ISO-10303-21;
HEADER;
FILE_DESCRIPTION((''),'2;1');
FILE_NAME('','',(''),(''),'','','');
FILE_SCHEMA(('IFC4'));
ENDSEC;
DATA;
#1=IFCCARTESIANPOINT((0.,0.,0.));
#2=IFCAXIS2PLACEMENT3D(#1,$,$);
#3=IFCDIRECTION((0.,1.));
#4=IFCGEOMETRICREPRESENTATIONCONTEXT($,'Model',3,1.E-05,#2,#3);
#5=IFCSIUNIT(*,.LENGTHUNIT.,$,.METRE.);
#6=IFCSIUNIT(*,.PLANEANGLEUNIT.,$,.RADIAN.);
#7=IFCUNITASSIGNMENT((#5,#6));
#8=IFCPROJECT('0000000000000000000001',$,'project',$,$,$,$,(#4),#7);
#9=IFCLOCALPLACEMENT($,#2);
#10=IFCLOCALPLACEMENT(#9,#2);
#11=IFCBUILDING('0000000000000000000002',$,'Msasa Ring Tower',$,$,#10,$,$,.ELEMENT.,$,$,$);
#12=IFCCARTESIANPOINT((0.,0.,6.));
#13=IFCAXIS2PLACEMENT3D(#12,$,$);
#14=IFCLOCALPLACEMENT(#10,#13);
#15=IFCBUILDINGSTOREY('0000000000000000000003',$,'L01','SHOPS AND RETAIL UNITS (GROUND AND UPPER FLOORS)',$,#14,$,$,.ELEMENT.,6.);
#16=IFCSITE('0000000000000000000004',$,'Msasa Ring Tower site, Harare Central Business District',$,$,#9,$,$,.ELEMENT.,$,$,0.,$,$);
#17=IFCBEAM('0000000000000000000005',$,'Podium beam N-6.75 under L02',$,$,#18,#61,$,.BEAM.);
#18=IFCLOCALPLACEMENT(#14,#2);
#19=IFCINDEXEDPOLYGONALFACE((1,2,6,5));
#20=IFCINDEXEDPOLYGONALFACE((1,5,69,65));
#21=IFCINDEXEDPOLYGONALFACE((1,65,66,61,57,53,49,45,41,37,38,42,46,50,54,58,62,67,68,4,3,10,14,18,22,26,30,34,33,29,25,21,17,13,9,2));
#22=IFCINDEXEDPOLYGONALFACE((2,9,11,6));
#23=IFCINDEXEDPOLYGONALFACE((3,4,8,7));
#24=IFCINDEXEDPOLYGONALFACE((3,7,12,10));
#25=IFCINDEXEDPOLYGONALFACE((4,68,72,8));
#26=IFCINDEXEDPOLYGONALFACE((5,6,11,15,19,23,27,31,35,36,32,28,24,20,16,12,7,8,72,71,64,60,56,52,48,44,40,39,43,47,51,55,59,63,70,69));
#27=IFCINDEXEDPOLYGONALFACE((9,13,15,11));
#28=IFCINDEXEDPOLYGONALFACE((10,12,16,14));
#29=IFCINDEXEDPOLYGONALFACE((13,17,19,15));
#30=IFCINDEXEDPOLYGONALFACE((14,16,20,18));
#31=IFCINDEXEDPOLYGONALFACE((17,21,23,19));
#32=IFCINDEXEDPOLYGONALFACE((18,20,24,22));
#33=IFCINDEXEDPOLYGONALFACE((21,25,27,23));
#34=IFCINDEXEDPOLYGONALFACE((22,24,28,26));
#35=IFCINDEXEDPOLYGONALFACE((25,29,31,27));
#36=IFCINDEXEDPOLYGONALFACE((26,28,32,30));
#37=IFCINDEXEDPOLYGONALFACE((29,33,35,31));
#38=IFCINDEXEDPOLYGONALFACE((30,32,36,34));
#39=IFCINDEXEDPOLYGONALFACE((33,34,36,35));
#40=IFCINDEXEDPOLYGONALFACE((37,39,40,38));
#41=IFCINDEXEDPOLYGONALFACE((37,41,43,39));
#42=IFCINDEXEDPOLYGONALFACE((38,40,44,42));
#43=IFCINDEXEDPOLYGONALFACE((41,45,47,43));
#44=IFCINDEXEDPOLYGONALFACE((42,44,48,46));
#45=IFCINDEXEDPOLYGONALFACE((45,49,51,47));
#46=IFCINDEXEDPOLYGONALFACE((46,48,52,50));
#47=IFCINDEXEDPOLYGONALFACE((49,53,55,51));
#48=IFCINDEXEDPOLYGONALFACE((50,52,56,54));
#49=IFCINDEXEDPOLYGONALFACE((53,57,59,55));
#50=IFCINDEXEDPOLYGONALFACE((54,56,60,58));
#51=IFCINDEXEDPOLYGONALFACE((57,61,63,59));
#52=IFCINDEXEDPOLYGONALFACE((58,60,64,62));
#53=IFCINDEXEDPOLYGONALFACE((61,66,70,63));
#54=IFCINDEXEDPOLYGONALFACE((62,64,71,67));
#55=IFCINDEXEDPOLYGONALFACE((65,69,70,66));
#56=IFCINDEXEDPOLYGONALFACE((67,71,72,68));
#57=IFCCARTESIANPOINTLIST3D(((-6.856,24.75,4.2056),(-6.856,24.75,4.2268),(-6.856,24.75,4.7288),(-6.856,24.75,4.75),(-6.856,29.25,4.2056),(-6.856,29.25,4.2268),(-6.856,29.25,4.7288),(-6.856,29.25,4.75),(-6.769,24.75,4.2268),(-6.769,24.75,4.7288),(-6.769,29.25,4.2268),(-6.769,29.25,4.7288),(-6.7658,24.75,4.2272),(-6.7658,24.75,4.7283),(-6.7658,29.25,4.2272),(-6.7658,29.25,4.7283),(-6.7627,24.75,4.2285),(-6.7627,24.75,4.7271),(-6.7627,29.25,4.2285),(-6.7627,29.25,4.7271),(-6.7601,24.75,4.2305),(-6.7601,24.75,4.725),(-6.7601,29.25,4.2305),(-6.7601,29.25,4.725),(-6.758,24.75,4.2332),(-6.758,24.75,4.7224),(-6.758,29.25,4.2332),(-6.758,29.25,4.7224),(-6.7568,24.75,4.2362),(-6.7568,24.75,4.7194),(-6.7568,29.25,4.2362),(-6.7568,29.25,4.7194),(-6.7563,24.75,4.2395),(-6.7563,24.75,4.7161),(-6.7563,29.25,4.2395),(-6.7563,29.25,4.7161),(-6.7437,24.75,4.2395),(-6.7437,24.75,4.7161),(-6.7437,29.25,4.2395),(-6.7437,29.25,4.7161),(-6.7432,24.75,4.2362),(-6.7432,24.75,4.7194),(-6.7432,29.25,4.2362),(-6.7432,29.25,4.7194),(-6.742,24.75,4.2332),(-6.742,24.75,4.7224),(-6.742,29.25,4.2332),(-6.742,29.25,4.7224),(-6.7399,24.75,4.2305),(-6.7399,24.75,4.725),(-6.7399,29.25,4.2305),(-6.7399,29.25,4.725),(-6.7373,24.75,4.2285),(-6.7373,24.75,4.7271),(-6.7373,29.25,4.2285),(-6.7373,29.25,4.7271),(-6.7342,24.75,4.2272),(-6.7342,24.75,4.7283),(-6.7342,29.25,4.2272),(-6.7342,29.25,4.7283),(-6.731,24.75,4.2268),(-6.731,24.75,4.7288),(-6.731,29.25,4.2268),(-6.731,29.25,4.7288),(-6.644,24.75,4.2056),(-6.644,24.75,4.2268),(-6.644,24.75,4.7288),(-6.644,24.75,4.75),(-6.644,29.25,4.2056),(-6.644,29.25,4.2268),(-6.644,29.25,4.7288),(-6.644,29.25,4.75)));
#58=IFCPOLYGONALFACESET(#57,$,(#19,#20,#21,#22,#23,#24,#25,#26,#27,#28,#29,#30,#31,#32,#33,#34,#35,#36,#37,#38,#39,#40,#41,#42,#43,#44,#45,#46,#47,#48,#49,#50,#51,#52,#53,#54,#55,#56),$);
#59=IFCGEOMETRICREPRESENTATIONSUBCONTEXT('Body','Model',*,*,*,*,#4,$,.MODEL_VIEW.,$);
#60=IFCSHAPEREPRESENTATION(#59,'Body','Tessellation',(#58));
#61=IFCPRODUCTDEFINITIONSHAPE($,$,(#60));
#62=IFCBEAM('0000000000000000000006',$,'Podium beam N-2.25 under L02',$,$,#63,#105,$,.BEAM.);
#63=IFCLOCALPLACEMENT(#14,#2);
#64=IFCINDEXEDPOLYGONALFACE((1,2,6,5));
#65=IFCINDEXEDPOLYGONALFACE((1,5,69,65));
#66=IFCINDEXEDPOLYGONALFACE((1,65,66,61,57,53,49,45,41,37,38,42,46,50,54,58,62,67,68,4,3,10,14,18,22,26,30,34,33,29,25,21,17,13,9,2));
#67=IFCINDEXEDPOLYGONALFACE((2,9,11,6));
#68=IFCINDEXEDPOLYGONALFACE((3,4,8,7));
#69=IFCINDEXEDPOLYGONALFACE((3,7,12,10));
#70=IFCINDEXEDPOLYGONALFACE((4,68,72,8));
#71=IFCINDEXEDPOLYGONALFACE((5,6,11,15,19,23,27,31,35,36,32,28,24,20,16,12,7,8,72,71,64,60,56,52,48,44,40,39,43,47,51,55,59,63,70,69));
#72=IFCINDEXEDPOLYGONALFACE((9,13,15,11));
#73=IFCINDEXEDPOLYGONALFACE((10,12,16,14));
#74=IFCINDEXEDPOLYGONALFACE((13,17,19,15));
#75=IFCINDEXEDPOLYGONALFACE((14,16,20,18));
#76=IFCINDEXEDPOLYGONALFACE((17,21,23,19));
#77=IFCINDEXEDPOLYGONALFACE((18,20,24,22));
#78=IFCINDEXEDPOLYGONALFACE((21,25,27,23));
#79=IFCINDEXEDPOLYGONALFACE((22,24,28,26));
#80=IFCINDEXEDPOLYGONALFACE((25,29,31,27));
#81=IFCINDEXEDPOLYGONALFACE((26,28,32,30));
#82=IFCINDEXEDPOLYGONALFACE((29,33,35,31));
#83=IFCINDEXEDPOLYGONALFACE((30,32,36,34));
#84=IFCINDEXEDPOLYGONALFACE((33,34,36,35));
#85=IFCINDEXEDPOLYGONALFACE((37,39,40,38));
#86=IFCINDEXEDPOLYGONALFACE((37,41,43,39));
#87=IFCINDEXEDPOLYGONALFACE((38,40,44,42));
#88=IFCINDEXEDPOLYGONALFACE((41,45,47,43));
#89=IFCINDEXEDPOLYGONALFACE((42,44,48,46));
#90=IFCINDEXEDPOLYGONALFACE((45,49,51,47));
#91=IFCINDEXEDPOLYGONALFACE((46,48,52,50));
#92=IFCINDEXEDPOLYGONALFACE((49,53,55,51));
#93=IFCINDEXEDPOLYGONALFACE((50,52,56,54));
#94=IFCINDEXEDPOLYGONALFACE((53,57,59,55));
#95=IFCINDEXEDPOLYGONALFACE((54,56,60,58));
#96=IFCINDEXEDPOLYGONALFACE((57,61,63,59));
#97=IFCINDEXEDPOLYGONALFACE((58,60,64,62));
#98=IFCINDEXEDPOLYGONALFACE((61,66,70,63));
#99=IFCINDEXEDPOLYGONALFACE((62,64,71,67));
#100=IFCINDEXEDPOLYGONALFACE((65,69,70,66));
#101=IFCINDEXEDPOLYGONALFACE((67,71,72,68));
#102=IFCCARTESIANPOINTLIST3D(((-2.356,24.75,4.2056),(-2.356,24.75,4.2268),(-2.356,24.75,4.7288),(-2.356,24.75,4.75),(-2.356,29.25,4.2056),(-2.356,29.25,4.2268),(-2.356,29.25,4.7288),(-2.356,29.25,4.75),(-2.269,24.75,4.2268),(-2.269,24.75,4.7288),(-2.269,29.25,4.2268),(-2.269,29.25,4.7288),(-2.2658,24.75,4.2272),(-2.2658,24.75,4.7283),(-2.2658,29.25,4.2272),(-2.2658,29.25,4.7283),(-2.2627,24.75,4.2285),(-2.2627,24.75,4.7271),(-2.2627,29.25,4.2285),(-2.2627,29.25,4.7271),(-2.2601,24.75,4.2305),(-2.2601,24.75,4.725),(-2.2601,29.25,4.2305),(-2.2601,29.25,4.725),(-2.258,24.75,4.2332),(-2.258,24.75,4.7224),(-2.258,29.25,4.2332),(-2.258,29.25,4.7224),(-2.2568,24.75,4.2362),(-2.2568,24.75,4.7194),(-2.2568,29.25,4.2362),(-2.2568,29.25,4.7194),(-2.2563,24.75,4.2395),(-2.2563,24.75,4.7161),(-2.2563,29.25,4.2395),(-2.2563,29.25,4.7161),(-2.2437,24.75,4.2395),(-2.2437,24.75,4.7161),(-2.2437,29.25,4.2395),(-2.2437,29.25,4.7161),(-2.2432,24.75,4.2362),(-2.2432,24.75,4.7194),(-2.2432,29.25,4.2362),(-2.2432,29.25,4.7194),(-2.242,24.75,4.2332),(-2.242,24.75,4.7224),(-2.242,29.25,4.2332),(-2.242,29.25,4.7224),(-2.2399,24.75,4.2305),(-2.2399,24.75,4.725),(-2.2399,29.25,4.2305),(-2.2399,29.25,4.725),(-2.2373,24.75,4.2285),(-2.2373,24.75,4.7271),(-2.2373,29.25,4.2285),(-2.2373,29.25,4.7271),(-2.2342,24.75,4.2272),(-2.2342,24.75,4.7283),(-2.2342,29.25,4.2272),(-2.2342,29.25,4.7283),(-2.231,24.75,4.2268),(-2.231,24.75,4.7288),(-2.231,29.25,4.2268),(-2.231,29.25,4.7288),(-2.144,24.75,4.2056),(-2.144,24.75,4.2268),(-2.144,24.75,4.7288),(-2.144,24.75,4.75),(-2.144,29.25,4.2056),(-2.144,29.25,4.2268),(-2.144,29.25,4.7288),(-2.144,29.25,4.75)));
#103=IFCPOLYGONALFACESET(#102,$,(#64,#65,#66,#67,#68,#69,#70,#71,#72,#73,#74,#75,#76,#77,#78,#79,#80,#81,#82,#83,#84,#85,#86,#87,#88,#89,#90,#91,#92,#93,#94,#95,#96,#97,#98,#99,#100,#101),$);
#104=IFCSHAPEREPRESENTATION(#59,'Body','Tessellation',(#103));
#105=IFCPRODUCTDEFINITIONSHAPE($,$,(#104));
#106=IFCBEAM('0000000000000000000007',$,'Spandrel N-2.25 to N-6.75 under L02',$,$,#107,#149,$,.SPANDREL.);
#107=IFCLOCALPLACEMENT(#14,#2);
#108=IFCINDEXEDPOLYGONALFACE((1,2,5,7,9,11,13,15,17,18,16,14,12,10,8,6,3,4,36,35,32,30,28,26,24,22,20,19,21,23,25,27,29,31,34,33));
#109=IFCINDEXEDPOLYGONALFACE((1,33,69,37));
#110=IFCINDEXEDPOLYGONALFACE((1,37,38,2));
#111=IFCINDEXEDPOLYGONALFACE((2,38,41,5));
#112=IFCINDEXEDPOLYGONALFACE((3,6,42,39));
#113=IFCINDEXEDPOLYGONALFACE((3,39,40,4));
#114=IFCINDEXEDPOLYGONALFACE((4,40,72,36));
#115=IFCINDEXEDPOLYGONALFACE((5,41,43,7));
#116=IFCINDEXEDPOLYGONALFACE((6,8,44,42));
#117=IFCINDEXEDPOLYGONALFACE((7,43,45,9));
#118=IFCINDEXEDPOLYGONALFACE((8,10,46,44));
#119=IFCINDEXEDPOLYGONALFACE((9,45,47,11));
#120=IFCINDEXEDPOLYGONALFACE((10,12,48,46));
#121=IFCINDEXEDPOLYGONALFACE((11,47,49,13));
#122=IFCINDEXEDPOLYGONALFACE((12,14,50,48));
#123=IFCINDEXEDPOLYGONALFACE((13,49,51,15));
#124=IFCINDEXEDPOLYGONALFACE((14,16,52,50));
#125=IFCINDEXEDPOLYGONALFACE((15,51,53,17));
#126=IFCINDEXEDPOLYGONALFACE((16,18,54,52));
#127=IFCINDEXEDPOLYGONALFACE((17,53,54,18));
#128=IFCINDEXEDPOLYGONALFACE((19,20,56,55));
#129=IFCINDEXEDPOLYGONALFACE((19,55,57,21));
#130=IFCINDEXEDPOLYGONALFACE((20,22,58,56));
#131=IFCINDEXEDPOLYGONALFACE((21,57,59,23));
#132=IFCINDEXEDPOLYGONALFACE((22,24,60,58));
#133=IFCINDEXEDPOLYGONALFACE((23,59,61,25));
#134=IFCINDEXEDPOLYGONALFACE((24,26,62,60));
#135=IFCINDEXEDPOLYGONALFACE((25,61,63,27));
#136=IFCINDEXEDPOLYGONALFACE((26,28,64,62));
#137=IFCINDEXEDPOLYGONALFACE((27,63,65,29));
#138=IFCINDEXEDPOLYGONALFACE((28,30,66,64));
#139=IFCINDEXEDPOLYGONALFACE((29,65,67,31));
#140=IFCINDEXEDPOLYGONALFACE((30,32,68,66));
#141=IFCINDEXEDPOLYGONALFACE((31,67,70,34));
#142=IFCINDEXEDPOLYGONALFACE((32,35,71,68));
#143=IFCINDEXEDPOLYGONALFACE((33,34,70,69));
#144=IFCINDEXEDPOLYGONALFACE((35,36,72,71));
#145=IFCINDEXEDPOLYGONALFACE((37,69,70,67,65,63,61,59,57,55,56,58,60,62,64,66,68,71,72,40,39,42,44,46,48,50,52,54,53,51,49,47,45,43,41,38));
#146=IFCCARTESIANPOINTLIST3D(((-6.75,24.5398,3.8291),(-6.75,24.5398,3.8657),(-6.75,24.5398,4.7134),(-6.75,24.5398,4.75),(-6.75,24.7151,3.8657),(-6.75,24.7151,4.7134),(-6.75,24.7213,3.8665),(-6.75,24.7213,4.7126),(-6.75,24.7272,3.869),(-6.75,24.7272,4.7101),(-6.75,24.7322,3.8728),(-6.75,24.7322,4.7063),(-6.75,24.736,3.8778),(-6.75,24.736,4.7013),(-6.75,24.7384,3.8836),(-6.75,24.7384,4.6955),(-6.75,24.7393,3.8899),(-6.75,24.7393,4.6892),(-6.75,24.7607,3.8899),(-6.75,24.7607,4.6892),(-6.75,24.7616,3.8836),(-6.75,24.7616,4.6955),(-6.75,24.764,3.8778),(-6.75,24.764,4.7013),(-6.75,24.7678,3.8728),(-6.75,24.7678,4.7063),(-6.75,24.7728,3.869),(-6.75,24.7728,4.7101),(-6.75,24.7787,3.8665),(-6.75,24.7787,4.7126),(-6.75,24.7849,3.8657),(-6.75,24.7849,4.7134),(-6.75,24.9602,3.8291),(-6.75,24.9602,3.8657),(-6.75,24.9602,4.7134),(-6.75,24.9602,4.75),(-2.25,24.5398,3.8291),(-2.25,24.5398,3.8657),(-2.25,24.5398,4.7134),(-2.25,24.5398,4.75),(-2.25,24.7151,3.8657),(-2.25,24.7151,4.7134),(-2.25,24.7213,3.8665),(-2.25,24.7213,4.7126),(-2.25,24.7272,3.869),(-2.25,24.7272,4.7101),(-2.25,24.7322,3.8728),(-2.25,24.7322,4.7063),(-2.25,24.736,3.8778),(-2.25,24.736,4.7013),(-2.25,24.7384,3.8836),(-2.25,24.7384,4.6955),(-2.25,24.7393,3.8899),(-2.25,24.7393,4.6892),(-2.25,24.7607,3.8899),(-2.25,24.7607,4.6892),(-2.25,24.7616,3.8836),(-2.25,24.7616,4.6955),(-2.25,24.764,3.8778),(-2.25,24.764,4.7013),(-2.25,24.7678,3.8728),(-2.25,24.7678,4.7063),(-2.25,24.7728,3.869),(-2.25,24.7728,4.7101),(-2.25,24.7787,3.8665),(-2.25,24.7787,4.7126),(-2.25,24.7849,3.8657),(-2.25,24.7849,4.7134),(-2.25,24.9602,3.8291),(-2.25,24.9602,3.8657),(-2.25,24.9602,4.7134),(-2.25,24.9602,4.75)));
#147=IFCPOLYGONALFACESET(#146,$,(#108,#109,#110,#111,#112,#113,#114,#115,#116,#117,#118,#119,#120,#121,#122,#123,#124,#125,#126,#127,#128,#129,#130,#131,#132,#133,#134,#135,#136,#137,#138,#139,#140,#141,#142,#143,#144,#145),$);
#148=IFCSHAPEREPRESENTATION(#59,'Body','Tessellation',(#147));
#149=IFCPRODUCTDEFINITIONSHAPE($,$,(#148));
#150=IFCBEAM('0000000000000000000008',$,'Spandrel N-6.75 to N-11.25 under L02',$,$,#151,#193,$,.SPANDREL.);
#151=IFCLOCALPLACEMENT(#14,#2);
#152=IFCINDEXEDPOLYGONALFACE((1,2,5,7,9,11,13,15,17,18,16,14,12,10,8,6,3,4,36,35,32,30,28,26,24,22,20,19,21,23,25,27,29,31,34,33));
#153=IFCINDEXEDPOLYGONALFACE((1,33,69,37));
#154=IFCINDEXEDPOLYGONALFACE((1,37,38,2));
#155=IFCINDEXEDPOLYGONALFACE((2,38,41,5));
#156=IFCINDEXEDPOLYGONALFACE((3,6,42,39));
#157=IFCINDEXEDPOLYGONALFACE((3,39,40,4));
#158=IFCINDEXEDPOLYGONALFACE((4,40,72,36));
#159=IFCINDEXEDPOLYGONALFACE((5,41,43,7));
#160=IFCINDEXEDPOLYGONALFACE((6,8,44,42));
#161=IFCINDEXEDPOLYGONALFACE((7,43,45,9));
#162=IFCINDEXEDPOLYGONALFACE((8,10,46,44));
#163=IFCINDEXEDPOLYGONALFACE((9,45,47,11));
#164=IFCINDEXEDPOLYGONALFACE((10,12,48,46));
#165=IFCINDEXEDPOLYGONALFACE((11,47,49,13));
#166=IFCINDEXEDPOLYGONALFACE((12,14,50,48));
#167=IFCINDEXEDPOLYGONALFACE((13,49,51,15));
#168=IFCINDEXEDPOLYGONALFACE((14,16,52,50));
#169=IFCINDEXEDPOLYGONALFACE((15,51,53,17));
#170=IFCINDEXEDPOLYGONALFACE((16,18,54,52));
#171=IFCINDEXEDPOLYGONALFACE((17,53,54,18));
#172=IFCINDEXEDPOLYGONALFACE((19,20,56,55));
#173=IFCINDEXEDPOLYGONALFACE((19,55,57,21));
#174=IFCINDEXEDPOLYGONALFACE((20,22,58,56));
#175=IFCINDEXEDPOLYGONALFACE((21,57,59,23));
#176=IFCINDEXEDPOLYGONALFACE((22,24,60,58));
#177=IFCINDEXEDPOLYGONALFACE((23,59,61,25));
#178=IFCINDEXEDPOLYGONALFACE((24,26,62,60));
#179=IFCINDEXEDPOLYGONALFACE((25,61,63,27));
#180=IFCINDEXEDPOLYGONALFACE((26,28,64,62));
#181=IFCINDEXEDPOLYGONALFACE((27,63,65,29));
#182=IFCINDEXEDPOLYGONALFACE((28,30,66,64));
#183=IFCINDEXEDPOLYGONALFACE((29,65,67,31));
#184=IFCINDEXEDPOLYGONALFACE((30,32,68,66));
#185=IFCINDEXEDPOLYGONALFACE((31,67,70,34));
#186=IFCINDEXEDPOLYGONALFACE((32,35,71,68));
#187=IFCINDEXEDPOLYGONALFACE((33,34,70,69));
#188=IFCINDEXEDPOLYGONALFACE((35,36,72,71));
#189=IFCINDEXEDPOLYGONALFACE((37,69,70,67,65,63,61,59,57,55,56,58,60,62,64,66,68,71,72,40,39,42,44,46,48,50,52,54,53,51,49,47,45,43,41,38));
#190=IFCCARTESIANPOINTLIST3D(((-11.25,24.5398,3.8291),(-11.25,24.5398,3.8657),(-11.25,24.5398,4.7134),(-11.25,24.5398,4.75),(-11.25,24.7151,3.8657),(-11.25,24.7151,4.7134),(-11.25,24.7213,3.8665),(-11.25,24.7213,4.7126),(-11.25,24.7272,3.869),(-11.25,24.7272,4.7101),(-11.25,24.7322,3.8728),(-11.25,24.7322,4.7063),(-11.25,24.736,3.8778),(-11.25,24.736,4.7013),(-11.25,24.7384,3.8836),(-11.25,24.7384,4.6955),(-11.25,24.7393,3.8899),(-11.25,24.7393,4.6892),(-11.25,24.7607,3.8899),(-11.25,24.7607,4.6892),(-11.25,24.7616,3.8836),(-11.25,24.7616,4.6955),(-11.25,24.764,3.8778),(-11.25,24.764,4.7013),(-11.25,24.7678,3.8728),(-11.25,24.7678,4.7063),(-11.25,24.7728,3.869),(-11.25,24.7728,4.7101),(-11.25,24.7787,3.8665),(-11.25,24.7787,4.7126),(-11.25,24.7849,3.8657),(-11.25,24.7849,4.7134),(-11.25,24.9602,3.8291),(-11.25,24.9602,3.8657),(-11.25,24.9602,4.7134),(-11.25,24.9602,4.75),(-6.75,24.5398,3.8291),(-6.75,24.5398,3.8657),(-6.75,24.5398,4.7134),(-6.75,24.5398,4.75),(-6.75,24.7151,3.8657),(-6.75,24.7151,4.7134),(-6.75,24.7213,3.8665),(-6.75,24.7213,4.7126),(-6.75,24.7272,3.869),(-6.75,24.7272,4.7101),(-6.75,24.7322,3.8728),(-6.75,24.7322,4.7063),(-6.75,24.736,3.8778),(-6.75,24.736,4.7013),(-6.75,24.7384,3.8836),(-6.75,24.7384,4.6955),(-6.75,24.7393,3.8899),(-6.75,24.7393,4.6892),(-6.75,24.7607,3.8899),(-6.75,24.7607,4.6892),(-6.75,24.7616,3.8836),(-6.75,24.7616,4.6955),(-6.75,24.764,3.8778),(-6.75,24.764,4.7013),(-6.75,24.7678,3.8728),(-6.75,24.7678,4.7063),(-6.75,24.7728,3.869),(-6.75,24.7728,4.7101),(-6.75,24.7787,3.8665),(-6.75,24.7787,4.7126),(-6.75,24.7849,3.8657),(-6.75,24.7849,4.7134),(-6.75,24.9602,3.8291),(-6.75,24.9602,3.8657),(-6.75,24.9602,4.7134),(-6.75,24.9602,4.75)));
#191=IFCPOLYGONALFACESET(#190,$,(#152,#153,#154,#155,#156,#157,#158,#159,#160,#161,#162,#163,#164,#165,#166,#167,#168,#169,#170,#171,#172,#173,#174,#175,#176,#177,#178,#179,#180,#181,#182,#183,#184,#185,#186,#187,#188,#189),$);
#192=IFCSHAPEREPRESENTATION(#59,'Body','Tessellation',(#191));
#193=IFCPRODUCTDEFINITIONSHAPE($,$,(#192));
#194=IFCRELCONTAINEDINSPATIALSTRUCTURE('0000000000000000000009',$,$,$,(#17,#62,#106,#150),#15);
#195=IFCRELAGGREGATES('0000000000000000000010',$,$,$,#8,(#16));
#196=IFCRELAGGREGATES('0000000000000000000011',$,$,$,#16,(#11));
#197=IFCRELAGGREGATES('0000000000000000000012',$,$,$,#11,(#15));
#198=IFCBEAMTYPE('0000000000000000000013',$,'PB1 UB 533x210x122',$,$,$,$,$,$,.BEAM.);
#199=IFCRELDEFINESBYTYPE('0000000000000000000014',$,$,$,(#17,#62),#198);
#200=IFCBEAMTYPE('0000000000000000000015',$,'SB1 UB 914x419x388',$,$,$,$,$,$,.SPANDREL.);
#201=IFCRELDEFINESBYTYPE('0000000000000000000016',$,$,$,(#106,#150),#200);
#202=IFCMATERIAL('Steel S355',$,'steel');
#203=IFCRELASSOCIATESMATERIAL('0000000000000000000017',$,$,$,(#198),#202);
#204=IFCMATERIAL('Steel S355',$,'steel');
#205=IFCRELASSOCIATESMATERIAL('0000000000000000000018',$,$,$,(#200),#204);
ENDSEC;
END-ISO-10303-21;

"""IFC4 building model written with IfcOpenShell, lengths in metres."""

from ifc_helpers import new_model, si_unit, direction, frame, origin, origin_2d, place, context, subcontext, project, spatial, i_section, extrude, material, material_profile, profile_set, type_object, element, save


model = new_model("IFC4")

# Units and contexts
model_context = context("Model", 3, precision=1e-05, world=origin(), true_north=direction((0.0, 1.0)))
body_context = subcontext(model_context, "Body", "Model", "MODEL_VIEW")
ifc_project = project(units=[si_unit("LENGTHUNIT", "METRE"), si_unit("PLANEANGLEUNIT", "RADIAN")], contexts=[model_context])

# Site, building, storey
site_placement = place(None, origin())
site = spatial("IfcSite", under=ifc_project, at=site_placement, Name="Msasa Ring Tower site, Harare Central Business District", CompositionType="ELEMENT", RefElevation=0.0)
building_placement = place(site_placement, origin())
building = spatial("IfcBuilding", under=site, at=building_placement, Name="Msasa Ring Tower", CompositionType="ELEMENT")
storey_placement = place(building_placement, frame((0.0, 0.0, 6.0)))
storey = spatial("IfcBuildingStorey", under=building, at=storey_placement, Name="L01", Description="SHOPS AND RETAIL UNITS (GROUND AND UPPER FLOORS)", CompositionType="ELEMENT", Elevation=6.0)

# Beams
ifc_material_1 = material(Name="Steel S355", Category="steel")
ifc_material_profile_1 = material_profile(ifc_material_1, i_section(OverallWidth=0.2119, OverallDepth=0.5444, WebThickness=0.0127, FlangeThickness=0.0212, FilletRadius=0.0127, at=origin_2d()), Name="UB 533x210x122")
ifc_profile_set_1 = profile_set([ifc_material_profile_1], Name="Steel S355")
beam_type_1 = type_object("IfcBeamType", Name="PB1 UB 533x210x122", PredefinedType="BEAM", material=ifc_profile_set_1)
for number, where, z_axis, x_axis, name in (
    (1, (-6.75, 29.25, 4.4778), (0.0, -1.0, 0.0), (1.0, 0.0, 0.0), "Podium beam N-6.75 under L02"),
    (2, (-2.25, 29.25, 4.4778), (0.0, -1.0, 0.0), (1.0, 0.0, 0.0), "Podium beam N-2.25 under L02"),
):
    element("IfcBeam", number, at=place(storey_placement, frame(where, z_axis=z_axis, x_axis=x_axis)), inside=storey, type_object=beam_type_1, Name=name, PredefinedType="BEAM", context=body_context, shape_type="SweptSolid", body=[
        extrude(i_section(OverallWidth=0.2119, OverallDepth=0.5444, WebThickness=0.0127, FlangeThickness=0.0212, FilletRadius=0.0127, at=origin_2d()), origin(), (0.0, 0.0, 1.0), 4.5),
    ])
ifc_material_2 = material(Name="Steel S355", Category="steel")
ifc_material_profile_2 = material_profile(ifc_material_2, i_section(OverallWidth=0.4204, OverallDepth=0.9209, WebThickness=0.0215, FlangeThickness=0.0366, FilletRadius=0.0242, at=origin_2d()), Name="UB 914x419x388")
ifc_profile_set_2 = profile_set([ifc_material_profile_2], Name="Steel S355")
beam_type_2 = type_object("IfcBeamType", Name="SB1 UB 914x419x388", PredefinedType="SPANDREL", material=ifc_profile_set_2)
for number, where, z_axis, x_axis, name in (
    (3, (-2.25, 24.75, 4.2896), (-1.0, 0.0, 0.0), (0.0, -1.0, 0.0), "Spandrel N-2.25 to N-6.75 under L02"),
    (4, (-6.75, 24.75, 4.2896), (-1.0, 0.0, 0.0), (0.0, -1.0, 0.0), "Spandrel N-6.75 to N-11.25 under L02"),
):
    element("IfcBeam", number, at=place(storey_placement, frame(where, z_axis=z_axis, x_axis=x_axis)), inside=storey, type_object=beam_type_2, Name=name, PredefinedType="SPANDREL", context=body_context, shape_type="SweptSolid", body=[
        extrude(i_section(OverallWidth=0.4204, OverallDepth=0.9209, WebThickness=0.0215, FlangeThickness=0.0366, FilletRadius=0.0242, at=origin_2d()), origin(), (0.0, 0.0, 1.0), 4.5),
    ])

save(model, "model.ifc")
